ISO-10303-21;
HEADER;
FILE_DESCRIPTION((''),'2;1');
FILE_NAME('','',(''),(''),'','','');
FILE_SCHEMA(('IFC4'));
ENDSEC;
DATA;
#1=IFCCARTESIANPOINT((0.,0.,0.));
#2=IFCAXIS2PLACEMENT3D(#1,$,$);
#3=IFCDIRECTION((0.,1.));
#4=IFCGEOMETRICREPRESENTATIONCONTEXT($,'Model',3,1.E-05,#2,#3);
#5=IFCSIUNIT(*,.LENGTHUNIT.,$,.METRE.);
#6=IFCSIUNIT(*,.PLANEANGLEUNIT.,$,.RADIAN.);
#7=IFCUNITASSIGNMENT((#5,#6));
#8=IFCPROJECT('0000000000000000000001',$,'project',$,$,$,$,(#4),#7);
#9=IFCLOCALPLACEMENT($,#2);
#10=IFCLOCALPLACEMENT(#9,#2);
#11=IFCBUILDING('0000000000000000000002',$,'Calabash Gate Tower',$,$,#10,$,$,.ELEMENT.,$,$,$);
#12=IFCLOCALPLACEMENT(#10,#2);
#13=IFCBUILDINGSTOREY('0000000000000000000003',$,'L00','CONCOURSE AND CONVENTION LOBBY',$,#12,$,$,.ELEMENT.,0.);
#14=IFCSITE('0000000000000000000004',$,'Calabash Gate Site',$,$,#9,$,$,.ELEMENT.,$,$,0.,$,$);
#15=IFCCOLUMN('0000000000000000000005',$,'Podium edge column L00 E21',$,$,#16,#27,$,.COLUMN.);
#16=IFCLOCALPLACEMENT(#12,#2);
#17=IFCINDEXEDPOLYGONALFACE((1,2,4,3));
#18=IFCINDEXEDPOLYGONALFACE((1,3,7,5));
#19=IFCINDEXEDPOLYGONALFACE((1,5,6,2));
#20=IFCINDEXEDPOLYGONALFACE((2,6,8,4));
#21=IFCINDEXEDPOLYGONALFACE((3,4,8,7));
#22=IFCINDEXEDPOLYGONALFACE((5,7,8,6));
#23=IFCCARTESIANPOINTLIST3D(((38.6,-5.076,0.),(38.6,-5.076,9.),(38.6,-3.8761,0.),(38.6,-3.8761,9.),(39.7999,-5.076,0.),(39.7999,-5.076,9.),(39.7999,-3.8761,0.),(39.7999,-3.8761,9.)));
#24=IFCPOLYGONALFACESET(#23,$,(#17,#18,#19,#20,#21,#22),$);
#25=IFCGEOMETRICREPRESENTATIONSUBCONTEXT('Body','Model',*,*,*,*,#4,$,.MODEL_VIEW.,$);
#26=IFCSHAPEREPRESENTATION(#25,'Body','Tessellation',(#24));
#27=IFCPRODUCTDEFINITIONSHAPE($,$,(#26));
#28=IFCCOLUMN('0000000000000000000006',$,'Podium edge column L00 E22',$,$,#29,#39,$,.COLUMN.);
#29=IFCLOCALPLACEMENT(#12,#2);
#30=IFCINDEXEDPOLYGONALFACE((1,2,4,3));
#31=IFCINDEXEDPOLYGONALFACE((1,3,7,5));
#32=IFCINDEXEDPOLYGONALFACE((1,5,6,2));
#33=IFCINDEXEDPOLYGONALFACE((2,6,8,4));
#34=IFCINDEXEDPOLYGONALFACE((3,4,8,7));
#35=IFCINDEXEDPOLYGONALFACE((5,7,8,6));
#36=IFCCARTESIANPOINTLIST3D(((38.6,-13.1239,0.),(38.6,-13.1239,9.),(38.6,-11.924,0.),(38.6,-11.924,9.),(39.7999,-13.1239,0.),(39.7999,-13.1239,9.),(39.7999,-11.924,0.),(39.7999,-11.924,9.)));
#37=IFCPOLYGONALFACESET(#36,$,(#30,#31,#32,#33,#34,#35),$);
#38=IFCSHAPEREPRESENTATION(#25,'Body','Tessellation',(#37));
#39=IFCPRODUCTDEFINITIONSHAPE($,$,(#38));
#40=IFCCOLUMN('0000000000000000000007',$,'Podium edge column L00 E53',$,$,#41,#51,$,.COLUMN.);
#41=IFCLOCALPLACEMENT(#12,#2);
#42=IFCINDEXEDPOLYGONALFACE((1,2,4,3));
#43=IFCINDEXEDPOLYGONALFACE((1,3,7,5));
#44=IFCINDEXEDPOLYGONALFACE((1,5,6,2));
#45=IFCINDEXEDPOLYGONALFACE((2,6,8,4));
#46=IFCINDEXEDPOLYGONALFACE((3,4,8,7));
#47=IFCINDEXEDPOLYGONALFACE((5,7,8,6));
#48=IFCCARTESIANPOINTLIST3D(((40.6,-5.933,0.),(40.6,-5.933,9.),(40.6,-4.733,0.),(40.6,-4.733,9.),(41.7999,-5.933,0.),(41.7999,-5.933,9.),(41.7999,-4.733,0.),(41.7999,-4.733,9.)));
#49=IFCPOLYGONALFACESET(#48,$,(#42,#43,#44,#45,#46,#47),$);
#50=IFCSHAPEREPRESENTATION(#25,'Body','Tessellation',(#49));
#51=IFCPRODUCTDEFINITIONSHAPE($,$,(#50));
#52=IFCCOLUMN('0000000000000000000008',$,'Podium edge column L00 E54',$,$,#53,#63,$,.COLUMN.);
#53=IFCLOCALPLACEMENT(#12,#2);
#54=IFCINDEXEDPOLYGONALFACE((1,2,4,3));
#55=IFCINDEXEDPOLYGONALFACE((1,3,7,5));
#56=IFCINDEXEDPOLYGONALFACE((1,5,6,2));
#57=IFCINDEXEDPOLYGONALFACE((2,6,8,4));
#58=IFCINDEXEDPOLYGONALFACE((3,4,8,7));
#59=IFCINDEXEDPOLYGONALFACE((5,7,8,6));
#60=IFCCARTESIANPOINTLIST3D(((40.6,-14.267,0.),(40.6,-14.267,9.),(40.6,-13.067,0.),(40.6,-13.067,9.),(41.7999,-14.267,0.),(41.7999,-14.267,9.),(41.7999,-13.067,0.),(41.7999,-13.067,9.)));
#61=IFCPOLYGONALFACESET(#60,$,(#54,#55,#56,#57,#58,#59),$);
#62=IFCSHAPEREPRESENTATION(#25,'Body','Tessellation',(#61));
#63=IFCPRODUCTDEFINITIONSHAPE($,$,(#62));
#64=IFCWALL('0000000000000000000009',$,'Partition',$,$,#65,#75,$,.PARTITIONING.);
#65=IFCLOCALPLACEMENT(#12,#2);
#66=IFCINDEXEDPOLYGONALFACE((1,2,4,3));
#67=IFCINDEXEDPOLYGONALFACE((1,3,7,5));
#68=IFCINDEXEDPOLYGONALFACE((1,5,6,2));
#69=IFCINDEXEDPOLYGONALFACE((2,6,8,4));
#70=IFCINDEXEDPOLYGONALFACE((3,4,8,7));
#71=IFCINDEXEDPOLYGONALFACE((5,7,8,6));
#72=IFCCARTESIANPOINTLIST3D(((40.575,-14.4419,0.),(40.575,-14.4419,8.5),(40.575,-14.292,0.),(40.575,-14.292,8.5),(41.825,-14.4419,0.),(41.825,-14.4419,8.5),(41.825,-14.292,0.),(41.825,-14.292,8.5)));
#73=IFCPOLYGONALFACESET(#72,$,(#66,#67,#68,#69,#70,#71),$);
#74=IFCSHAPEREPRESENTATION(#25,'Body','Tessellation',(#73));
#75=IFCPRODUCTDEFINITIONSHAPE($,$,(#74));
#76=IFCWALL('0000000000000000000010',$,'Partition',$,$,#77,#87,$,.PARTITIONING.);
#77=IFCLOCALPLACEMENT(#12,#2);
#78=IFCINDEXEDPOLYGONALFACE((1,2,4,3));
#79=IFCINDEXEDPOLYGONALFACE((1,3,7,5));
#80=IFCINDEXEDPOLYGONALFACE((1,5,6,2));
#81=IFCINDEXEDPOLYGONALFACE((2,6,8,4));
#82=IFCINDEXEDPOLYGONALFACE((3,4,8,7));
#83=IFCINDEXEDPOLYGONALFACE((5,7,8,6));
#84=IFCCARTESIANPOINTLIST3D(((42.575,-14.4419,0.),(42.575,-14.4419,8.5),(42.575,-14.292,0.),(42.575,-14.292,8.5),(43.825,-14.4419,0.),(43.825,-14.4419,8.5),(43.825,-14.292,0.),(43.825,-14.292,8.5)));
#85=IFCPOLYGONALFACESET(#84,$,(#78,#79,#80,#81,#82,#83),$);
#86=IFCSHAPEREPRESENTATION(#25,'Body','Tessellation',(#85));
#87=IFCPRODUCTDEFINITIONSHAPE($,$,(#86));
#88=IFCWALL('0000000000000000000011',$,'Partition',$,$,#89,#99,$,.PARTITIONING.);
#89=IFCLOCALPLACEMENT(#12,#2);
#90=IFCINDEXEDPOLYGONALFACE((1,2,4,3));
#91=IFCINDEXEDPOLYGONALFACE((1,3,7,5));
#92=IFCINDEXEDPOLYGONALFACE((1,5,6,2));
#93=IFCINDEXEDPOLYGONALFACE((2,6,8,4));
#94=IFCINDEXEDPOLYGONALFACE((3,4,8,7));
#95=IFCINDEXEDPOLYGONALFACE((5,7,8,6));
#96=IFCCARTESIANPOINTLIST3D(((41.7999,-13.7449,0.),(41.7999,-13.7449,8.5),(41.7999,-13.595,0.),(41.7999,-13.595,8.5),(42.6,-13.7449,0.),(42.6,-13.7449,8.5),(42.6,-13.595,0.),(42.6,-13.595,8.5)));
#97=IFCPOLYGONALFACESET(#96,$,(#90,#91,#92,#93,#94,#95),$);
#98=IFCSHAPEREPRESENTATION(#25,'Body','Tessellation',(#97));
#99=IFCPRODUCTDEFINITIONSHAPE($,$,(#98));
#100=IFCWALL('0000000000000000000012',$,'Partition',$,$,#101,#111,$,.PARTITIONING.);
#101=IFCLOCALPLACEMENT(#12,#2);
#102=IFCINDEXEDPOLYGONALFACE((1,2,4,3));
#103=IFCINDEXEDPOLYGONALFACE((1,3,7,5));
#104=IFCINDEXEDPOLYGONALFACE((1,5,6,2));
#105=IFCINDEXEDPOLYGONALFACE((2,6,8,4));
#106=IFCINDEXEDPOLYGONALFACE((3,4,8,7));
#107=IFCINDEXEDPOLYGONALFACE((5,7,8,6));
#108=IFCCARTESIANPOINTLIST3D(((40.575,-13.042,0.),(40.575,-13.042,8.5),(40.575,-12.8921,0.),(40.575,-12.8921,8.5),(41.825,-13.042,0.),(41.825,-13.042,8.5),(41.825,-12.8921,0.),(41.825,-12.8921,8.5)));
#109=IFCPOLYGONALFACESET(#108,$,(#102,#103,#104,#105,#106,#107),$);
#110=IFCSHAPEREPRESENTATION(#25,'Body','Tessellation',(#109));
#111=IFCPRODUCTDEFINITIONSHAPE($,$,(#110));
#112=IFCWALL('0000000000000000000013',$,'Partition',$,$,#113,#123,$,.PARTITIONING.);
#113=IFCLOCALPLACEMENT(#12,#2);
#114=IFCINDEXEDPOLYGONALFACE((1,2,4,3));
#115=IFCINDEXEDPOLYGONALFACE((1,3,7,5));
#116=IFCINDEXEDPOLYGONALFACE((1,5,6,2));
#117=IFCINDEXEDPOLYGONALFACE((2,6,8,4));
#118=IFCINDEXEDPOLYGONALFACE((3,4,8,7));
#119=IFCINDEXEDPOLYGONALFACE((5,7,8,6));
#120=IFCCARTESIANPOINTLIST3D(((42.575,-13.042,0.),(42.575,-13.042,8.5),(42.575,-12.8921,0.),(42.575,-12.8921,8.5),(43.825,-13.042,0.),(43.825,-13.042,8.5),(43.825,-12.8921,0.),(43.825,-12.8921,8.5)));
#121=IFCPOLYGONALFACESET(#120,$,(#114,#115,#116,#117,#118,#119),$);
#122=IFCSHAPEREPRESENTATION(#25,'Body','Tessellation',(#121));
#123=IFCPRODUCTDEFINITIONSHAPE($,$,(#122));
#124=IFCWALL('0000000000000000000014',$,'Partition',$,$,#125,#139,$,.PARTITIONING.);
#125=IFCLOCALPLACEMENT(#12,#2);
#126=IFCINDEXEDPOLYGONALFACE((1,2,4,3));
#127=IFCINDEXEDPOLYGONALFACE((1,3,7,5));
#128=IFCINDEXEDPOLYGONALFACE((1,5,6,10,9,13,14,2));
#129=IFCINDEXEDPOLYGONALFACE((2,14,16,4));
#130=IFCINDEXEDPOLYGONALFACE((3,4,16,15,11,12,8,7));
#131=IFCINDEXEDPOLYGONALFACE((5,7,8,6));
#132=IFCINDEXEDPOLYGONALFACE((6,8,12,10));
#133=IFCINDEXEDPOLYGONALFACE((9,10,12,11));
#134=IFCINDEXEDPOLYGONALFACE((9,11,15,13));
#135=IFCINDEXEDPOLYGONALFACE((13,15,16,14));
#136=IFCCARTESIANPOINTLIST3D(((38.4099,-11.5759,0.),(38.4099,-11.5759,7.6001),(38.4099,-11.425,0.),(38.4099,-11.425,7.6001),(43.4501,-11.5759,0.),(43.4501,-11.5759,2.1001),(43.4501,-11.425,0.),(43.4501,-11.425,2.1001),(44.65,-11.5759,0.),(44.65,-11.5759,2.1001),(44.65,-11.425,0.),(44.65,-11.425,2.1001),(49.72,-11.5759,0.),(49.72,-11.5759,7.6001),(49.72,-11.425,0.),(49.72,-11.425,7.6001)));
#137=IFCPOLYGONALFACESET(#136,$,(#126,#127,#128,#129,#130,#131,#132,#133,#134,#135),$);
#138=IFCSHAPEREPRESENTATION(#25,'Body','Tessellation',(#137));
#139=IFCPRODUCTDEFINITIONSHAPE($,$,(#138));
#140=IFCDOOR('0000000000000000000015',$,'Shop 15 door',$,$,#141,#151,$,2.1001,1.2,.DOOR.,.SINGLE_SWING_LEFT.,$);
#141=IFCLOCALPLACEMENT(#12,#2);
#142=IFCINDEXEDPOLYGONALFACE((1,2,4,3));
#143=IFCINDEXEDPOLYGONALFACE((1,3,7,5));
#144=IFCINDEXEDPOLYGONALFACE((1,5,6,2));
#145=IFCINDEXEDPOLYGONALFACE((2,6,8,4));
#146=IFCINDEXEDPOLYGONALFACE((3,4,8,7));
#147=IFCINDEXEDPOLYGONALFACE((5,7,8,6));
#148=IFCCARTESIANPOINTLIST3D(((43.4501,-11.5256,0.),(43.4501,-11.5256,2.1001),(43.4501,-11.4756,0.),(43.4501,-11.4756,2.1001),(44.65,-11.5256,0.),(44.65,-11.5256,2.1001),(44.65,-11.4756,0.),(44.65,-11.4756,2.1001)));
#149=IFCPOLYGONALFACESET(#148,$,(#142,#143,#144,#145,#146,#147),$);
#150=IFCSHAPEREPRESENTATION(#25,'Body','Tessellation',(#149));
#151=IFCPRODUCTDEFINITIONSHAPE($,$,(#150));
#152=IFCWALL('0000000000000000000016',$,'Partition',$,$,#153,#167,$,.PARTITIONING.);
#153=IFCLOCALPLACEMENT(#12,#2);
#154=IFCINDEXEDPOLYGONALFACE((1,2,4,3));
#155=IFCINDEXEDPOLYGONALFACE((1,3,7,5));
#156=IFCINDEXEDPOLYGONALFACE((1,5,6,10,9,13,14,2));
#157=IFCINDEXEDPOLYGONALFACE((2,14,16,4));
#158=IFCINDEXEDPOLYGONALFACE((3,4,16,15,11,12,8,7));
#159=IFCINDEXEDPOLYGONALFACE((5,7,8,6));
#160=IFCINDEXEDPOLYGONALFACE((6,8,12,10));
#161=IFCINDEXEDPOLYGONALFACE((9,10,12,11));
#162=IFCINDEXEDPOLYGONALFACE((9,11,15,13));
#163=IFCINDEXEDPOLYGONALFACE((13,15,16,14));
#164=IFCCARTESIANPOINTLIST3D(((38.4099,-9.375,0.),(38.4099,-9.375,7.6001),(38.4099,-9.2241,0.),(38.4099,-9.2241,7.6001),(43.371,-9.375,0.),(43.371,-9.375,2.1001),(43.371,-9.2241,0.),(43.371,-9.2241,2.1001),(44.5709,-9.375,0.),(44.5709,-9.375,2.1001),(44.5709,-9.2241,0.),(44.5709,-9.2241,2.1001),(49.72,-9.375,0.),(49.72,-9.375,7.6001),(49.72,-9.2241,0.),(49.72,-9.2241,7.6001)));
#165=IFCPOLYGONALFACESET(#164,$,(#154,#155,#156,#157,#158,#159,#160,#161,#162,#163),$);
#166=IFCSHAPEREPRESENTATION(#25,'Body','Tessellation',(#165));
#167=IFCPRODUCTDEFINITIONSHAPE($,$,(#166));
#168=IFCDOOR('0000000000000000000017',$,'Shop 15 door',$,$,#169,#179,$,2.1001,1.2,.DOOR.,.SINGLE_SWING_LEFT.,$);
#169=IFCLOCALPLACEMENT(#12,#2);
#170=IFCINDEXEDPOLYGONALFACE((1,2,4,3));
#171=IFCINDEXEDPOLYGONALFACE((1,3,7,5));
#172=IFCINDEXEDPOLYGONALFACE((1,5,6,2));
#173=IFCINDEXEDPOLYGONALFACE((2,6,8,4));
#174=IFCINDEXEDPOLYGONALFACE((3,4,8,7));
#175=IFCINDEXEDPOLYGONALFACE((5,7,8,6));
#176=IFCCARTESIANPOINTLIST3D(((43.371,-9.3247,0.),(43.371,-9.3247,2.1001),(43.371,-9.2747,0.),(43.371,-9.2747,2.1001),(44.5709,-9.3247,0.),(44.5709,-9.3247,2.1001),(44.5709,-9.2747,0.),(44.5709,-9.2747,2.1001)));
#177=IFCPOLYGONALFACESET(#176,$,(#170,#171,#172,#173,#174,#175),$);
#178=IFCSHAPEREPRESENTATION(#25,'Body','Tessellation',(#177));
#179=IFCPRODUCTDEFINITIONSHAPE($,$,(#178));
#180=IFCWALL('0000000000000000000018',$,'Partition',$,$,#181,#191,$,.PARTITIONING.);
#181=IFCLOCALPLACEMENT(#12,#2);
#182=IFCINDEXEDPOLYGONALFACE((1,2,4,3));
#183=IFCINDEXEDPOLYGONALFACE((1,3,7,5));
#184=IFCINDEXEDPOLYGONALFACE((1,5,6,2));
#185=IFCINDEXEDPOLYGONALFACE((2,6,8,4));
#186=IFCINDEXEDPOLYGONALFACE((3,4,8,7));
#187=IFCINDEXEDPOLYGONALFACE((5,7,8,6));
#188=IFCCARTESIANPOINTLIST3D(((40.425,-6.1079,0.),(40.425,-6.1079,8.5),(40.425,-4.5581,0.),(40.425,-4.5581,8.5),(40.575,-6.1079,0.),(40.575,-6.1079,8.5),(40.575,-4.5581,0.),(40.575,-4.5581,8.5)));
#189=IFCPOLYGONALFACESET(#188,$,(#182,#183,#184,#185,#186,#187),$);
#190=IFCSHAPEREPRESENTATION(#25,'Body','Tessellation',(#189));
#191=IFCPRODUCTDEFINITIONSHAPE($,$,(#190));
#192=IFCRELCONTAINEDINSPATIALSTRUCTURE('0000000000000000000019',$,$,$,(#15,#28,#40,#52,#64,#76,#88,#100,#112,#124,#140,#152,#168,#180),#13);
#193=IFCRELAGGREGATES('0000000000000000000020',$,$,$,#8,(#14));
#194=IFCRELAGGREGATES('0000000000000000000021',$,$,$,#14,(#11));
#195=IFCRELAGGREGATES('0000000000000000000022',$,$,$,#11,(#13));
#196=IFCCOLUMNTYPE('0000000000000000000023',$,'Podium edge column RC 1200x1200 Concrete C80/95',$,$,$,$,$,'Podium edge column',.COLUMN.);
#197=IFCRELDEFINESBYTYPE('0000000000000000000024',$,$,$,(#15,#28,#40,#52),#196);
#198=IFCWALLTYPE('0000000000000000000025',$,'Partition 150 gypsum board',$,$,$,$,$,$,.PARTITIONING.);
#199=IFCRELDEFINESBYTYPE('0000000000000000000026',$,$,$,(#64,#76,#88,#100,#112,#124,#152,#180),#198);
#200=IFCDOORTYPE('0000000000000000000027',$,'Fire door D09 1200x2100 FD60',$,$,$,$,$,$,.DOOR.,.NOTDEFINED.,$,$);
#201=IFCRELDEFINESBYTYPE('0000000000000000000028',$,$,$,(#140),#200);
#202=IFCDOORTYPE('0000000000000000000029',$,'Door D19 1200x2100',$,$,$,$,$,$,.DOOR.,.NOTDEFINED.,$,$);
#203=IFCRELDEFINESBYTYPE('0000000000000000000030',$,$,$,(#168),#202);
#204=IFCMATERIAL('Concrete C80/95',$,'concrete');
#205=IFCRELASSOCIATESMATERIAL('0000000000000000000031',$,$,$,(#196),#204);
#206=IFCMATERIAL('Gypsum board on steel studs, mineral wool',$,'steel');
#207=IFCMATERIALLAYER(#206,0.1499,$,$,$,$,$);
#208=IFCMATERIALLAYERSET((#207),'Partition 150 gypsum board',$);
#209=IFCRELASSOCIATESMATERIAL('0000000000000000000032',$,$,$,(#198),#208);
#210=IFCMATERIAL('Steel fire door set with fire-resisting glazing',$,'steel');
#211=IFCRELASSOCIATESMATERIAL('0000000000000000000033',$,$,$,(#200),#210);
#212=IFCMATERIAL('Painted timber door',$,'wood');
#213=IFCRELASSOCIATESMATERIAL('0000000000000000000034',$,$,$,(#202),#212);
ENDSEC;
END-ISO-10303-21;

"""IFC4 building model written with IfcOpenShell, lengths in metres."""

from ifc_helpers import new_model, si_unit, direction, frame, frame_2d, origin, origin_2d, place, context, subcontext, project, spatial, rectangle, extrude, material, layer, layer_set, material_profile, profile_set, type_object, element, fill, save


model = new_model("IFC4")

# Units and contexts
model_context = context("Model", 3, precision=1e-05, world=origin(), true_north=direction((0.0, 1.0)))
body_context = subcontext(model_context, "Body", "Model", "MODEL_VIEW")
ifc_project = project(units=[si_unit("LENGTHUNIT", "METRE"), si_unit("PLANEANGLEUNIT", "RADIAN")], contexts=[model_context])

# Site, building, storey
site_placement = place(None, origin())
site = spatial("IfcSite", under=ifc_project, at=site_placement, Name="Calabash Gate Site", CompositionType="ELEMENT", RefElevation=0.0)
building_placement = place(site_placement, origin())
building = spatial("IfcBuilding", under=site, at=building_placement, Name="Calabash Gate Tower", CompositionType="ELEMENT")
storey_placement = place(building_placement, origin())
storey = spatial("IfcBuildingStorey", under=building, at=storey_placement, Name="L00", Description="CONCOURSE AND CONVENTION LOBBY", CompositionType="ELEMENT", Elevation=0.0)

# Columns
ifc_material_1 = material(Name="Concrete C80/95", Category="concrete")
ifc_material_profile = material_profile(ifc_material_1, rectangle(XDim=1.2, YDim=1.2, at=origin_2d()))
ifc_profile_set = profile_set([ifc_material_profile], Name="Concrete C80/95")
column_type = type_object("IfcColumnType", Name="Podium edge column RC 1200x1200 Concrete C80/95", ElementType="Podium edge column", PredefinedType="COLUMN", material=ifc_profile_set)
for number, where, z_axis, x_axis, name in (
    (1, (39.2, -4.4761, 0.0), (0.0, 0.0, 1.0), (1.0, 0.0, 0.0), "Podium edge column L00 E21"),
    (2, (39.2, -12.5239, 0.0), (0.0, 0.0, 1.0), (1.0, 0.0, 0.0), "Podium edge column L00 E22"),
    (3, (41.2, -5.333, 0.0), (0.0, 0.0, 1.0), (1.0, 0.0, 0.0), "Podium edge column L00 E53"),
    (4, (41.2, -13.667, 0.0), (0.0, 0.0, 1.0), (1.0, 0.0, 0.0), "Podium edge column L00 E54"),
):
    element("IfcColumn", number, at=place(storey_placement, frame(where, z_axis=z_axis, x_axis=x_axis)), inside=storey, type_object=column_type, Name=name, PredefinedType="COLUMN", context=body_context, shape_type="SweptSolid", body=[
        extrude(rectangle(XDim=1.2, YDim=1.2, at=origin_2d()), origin(), (0.0, 0.0, 1.0), 9.0),
    ])

# Walls
ifc_material_2 = material(Name="Gypsum board on steel studs, mineral wool", Category="steel")
ifc_layer_1 = layer(ifc_material_2, 0.1499)
ifc_layer_set_1 = layer_set([ifc_layer_1], Name="Partition 150 gypsum board")
wall_type_1 = type_object("IfcWallType", Name="Partition 150 gypsum board", PredefinedType="PARTITIONING", material=ifc_layer_set_1)
for number, where, z_axis, x_axis, name in (
    (5, (40.575, -14.3669, 0.0), (0.0, 0.0, 1.0), (1.0, 0.0, 0.0), "Partition"),
    (6, (42.575, -14.3669, 0.0), (0.0, 0.0, 1.0), (1.0, 0.0, 0.0), "Partition"),
):
    element("IfcWall", number, at=place(storey_placement, frame(where, z_axis=z_axis, x_axis=x_axis)), inside=storey, type_object=wall_type_1, Name=name, PredefinedType="PARTITIONING", context=body_context, shape_type="SweptSolid", body=[
        extrude(rectangle(XDim=1.25, YDim=0.1499, at=frame_2d((0.625, 0.0))), origin(), (0.0, 0.0, 1.0), 8.5),
    ])
wall_1_placement = place(storey_placement, frame((41.8, -13.6699, 0.0), z_axis=(0.0, 0.0, 1.0), x_axis=(1.0, 0.0, 0.0)))
element("IfcWall", 7, at=wall_1_placement, inside=storey, type_object=wall_type_1, Name="Partition", PredefinedType="PARTITIONING", context=body_context, shape_type="SweptSolid", body=[
    extrude(rectangle(XDim=0.8, YDim=0.1499, at=frame_2d((0.3999, 0.0))), origin(), (0.0, 0.0, 1.0), 8.5),
])
for number, where, z_axis, x_axis, name in (
    (8, (40.575, -12.967, 0.0), (0.0, 0.0, 1.0), (1.0, 0.0, 0.0), "Partition"),
    (9, (42.575, -12.967, 0.0), (0.0, 0.0, 1.0), (1.0, 0.0, 0.0), "Partition"),
):
    element("IfcWall", number, at=place(storey_placement, frame(where, z_axis=z_axis, x_axis=x_axis)), inside=storey, type_object=wall_type_1, Name=name, PredefinedType="PARTITIONING", context=body_context, shape_type="SweptSolid", body=[
        extrude(rectangle(XDim=1.25, YDim=0.1499, at=frame_2d((0.625, 0.0))), origin(), (0.0, 0.0, 1.0), 8.5),
    ])

# Walls, openings, doors
wall_2_placement = place(storey_placement, frame((38.4099, -11.5005, 0.0), z_axis=(0.0, 0.0, 1.0), x_axis=(1.0, 0.0, 0.0)))
wall_2 = element("IfcWall", 10, at=wall_2_placement, inside=storey, type_object=wall_type_1, Name="Partition", PredefinedType="PARTITIONING", context=body_context, shape_type="SweptSolid", body=[
    extrude(rectangle(XDim=11.3101, YDim=0.1509, at=frame_2d((5.655, 0.0))), origin(), (0.0, 0.0, 1.0), 7.6001),
])
opening_1_placement = place(wall_2_placement, frame((5.04, 0.0, 0.0)))
opening_1 = element("IfcOpeningElement", 11, at=opening_1_placement, cuts=wall_2, PredefinedType="OPENING", context=body_context, shape_type="SweptSolid", body=[
    extrude(rectangle(XDim=1.2, YDim=2.1001, at=frame_2d((0.6001, 1.05))), frame((0.0, 0.0854, 0.0), z_axis=(0.0, -1.0, 0.0), x_axis=(1.0, 0.0, 0.0)), (0.0, 0.0, 1.0), 0.1709),
])
ifc_material_3 = material(Name="Steel fire door set with fire-resisting glazing", Category="steel")
door_type_1 = type_object("IfcDoorType", Name="Fire door D09 1200x2100 FD60", OperationType="NOTDEFINED", PredefinedType="DOOR", material=ifc_material_3)
door_1_placement = place(opening_1_placement, origin())
door_1 = element("IfcDoor", 12, at=door_1_placement, inside=storey, type_object=door_type_1, Name="Shop 15 door", OperationType="SINGLE_SWING_LEFT", OverallHeight=2.1001, OverallWidth=1.2, PredefinedType="DOOR", context=body_context, shape_type="SweptSolid", body=[
    extrude(rectangle(XDim=1.2, YDim=2.1001, at=frame_2d((0.6001, 1.05))), frame((0.0, 0.0249, 0.0), z_axis=(0.0, -1.0, 0.0), x_axis=(1.0, 0.0, 0.0)), (0.0, 0.0, 1.0), 0.05),
])
fill(opening_1, door_1)
wall_3_placement = place(storey_placement, frame((38.4099, -9.2996, 0.0), z_axis=(0.0, 0.0, 1.0), x_axis=(1.0, 0.0, 0.0)))
wall_3 = element("IfcWall", 13, at=wall_3_placement, inside=storey, type_object=wall_type_1, Name="Partition", PredefinedType="PARTITIONING", context=body_context, shape_type="SweptSolid", body=[
    extrude(rectangle(XDim=11.3101, YDim=0.1509, at=frame_2d((5.655, 0.0))), origin(), (0.0, 0.0, 1.0), 7.6001),
])
opening_2_placement = place(wall_3_placement, frame((4.9609, 0.0, 0.0)))
opening_2 = element("IfcOpeningElement", 14, at=opening_2_placement, cuts=wall_3, PredefinedType="OPENING", context=body_context, shape_type="SweptSolid", body=[
    extrude(rectangle(XDim=1.2, YDim=2.1001, at=frame_2d((0.6001, 1.05))), frame((0.0, 0.0854, 0.0), z_axis=(0.0, -1.0, 0.0), x_axis=(1.0, 0.0, 0.0)), (0.0, 0.0, 1.0), 0.1709),
])
ifc_material_4 = material(Name="Painted timber door", Category="wood")
door_type_2 = type_object("IfcDoorType", Name="Door D19 1200x2100", OperationType="NOTDEFINED", PredefinedType="DOOR", material=ifc_material_4)
door_2_placement = place(opening_2_placement, origin())
door_2 = element("IfcDoor", 15, at=door_2_placement, inside=storey, type_object=door_type_2, Name="Shop 15 door", OperationType="SINGLE_SWING_LEFT", OverallHeight=2.1001, OverallWidth=1.2, PredefinedType="DOOR", context=body_context, shape_type="SweptSolid", body=[
    extrude(rectangle(XDim=1.2, YDim=2.1001, at=frame_2d((0.6001, 1.05))), frame((0.0, 0.0249, 0.0), z_axis=(0.0, -1.0, 0.0), x_axis=(1.0, 0.0, 0.0)), (0.0, 0.0, 1.0), 0.05),
])
fill(opening_2, door_2)

# Wall
wall_4_placement = place(storey_placement, frame((40.5, -6.1079, 0.0), z_axis=(0.0, 0.0, 1.0), x_axis=(0.0, 1.0, 0.0)))
element("IfcWall", 16, at=wall_4_placement, inside=storey, type_object=wall_type_1, Name="Partition", PredefinedType="PARTITIONING", context=body_context, shape_type="SweptSolid", body=[
    extrude(rectangle(XDim=1.5498, YDim=0.1499, at=frame_2d((0.7749, 0.0))), origin(), (0.0, 0.0, 1.0), 8.5),
])

save(model, "model.ifc")
